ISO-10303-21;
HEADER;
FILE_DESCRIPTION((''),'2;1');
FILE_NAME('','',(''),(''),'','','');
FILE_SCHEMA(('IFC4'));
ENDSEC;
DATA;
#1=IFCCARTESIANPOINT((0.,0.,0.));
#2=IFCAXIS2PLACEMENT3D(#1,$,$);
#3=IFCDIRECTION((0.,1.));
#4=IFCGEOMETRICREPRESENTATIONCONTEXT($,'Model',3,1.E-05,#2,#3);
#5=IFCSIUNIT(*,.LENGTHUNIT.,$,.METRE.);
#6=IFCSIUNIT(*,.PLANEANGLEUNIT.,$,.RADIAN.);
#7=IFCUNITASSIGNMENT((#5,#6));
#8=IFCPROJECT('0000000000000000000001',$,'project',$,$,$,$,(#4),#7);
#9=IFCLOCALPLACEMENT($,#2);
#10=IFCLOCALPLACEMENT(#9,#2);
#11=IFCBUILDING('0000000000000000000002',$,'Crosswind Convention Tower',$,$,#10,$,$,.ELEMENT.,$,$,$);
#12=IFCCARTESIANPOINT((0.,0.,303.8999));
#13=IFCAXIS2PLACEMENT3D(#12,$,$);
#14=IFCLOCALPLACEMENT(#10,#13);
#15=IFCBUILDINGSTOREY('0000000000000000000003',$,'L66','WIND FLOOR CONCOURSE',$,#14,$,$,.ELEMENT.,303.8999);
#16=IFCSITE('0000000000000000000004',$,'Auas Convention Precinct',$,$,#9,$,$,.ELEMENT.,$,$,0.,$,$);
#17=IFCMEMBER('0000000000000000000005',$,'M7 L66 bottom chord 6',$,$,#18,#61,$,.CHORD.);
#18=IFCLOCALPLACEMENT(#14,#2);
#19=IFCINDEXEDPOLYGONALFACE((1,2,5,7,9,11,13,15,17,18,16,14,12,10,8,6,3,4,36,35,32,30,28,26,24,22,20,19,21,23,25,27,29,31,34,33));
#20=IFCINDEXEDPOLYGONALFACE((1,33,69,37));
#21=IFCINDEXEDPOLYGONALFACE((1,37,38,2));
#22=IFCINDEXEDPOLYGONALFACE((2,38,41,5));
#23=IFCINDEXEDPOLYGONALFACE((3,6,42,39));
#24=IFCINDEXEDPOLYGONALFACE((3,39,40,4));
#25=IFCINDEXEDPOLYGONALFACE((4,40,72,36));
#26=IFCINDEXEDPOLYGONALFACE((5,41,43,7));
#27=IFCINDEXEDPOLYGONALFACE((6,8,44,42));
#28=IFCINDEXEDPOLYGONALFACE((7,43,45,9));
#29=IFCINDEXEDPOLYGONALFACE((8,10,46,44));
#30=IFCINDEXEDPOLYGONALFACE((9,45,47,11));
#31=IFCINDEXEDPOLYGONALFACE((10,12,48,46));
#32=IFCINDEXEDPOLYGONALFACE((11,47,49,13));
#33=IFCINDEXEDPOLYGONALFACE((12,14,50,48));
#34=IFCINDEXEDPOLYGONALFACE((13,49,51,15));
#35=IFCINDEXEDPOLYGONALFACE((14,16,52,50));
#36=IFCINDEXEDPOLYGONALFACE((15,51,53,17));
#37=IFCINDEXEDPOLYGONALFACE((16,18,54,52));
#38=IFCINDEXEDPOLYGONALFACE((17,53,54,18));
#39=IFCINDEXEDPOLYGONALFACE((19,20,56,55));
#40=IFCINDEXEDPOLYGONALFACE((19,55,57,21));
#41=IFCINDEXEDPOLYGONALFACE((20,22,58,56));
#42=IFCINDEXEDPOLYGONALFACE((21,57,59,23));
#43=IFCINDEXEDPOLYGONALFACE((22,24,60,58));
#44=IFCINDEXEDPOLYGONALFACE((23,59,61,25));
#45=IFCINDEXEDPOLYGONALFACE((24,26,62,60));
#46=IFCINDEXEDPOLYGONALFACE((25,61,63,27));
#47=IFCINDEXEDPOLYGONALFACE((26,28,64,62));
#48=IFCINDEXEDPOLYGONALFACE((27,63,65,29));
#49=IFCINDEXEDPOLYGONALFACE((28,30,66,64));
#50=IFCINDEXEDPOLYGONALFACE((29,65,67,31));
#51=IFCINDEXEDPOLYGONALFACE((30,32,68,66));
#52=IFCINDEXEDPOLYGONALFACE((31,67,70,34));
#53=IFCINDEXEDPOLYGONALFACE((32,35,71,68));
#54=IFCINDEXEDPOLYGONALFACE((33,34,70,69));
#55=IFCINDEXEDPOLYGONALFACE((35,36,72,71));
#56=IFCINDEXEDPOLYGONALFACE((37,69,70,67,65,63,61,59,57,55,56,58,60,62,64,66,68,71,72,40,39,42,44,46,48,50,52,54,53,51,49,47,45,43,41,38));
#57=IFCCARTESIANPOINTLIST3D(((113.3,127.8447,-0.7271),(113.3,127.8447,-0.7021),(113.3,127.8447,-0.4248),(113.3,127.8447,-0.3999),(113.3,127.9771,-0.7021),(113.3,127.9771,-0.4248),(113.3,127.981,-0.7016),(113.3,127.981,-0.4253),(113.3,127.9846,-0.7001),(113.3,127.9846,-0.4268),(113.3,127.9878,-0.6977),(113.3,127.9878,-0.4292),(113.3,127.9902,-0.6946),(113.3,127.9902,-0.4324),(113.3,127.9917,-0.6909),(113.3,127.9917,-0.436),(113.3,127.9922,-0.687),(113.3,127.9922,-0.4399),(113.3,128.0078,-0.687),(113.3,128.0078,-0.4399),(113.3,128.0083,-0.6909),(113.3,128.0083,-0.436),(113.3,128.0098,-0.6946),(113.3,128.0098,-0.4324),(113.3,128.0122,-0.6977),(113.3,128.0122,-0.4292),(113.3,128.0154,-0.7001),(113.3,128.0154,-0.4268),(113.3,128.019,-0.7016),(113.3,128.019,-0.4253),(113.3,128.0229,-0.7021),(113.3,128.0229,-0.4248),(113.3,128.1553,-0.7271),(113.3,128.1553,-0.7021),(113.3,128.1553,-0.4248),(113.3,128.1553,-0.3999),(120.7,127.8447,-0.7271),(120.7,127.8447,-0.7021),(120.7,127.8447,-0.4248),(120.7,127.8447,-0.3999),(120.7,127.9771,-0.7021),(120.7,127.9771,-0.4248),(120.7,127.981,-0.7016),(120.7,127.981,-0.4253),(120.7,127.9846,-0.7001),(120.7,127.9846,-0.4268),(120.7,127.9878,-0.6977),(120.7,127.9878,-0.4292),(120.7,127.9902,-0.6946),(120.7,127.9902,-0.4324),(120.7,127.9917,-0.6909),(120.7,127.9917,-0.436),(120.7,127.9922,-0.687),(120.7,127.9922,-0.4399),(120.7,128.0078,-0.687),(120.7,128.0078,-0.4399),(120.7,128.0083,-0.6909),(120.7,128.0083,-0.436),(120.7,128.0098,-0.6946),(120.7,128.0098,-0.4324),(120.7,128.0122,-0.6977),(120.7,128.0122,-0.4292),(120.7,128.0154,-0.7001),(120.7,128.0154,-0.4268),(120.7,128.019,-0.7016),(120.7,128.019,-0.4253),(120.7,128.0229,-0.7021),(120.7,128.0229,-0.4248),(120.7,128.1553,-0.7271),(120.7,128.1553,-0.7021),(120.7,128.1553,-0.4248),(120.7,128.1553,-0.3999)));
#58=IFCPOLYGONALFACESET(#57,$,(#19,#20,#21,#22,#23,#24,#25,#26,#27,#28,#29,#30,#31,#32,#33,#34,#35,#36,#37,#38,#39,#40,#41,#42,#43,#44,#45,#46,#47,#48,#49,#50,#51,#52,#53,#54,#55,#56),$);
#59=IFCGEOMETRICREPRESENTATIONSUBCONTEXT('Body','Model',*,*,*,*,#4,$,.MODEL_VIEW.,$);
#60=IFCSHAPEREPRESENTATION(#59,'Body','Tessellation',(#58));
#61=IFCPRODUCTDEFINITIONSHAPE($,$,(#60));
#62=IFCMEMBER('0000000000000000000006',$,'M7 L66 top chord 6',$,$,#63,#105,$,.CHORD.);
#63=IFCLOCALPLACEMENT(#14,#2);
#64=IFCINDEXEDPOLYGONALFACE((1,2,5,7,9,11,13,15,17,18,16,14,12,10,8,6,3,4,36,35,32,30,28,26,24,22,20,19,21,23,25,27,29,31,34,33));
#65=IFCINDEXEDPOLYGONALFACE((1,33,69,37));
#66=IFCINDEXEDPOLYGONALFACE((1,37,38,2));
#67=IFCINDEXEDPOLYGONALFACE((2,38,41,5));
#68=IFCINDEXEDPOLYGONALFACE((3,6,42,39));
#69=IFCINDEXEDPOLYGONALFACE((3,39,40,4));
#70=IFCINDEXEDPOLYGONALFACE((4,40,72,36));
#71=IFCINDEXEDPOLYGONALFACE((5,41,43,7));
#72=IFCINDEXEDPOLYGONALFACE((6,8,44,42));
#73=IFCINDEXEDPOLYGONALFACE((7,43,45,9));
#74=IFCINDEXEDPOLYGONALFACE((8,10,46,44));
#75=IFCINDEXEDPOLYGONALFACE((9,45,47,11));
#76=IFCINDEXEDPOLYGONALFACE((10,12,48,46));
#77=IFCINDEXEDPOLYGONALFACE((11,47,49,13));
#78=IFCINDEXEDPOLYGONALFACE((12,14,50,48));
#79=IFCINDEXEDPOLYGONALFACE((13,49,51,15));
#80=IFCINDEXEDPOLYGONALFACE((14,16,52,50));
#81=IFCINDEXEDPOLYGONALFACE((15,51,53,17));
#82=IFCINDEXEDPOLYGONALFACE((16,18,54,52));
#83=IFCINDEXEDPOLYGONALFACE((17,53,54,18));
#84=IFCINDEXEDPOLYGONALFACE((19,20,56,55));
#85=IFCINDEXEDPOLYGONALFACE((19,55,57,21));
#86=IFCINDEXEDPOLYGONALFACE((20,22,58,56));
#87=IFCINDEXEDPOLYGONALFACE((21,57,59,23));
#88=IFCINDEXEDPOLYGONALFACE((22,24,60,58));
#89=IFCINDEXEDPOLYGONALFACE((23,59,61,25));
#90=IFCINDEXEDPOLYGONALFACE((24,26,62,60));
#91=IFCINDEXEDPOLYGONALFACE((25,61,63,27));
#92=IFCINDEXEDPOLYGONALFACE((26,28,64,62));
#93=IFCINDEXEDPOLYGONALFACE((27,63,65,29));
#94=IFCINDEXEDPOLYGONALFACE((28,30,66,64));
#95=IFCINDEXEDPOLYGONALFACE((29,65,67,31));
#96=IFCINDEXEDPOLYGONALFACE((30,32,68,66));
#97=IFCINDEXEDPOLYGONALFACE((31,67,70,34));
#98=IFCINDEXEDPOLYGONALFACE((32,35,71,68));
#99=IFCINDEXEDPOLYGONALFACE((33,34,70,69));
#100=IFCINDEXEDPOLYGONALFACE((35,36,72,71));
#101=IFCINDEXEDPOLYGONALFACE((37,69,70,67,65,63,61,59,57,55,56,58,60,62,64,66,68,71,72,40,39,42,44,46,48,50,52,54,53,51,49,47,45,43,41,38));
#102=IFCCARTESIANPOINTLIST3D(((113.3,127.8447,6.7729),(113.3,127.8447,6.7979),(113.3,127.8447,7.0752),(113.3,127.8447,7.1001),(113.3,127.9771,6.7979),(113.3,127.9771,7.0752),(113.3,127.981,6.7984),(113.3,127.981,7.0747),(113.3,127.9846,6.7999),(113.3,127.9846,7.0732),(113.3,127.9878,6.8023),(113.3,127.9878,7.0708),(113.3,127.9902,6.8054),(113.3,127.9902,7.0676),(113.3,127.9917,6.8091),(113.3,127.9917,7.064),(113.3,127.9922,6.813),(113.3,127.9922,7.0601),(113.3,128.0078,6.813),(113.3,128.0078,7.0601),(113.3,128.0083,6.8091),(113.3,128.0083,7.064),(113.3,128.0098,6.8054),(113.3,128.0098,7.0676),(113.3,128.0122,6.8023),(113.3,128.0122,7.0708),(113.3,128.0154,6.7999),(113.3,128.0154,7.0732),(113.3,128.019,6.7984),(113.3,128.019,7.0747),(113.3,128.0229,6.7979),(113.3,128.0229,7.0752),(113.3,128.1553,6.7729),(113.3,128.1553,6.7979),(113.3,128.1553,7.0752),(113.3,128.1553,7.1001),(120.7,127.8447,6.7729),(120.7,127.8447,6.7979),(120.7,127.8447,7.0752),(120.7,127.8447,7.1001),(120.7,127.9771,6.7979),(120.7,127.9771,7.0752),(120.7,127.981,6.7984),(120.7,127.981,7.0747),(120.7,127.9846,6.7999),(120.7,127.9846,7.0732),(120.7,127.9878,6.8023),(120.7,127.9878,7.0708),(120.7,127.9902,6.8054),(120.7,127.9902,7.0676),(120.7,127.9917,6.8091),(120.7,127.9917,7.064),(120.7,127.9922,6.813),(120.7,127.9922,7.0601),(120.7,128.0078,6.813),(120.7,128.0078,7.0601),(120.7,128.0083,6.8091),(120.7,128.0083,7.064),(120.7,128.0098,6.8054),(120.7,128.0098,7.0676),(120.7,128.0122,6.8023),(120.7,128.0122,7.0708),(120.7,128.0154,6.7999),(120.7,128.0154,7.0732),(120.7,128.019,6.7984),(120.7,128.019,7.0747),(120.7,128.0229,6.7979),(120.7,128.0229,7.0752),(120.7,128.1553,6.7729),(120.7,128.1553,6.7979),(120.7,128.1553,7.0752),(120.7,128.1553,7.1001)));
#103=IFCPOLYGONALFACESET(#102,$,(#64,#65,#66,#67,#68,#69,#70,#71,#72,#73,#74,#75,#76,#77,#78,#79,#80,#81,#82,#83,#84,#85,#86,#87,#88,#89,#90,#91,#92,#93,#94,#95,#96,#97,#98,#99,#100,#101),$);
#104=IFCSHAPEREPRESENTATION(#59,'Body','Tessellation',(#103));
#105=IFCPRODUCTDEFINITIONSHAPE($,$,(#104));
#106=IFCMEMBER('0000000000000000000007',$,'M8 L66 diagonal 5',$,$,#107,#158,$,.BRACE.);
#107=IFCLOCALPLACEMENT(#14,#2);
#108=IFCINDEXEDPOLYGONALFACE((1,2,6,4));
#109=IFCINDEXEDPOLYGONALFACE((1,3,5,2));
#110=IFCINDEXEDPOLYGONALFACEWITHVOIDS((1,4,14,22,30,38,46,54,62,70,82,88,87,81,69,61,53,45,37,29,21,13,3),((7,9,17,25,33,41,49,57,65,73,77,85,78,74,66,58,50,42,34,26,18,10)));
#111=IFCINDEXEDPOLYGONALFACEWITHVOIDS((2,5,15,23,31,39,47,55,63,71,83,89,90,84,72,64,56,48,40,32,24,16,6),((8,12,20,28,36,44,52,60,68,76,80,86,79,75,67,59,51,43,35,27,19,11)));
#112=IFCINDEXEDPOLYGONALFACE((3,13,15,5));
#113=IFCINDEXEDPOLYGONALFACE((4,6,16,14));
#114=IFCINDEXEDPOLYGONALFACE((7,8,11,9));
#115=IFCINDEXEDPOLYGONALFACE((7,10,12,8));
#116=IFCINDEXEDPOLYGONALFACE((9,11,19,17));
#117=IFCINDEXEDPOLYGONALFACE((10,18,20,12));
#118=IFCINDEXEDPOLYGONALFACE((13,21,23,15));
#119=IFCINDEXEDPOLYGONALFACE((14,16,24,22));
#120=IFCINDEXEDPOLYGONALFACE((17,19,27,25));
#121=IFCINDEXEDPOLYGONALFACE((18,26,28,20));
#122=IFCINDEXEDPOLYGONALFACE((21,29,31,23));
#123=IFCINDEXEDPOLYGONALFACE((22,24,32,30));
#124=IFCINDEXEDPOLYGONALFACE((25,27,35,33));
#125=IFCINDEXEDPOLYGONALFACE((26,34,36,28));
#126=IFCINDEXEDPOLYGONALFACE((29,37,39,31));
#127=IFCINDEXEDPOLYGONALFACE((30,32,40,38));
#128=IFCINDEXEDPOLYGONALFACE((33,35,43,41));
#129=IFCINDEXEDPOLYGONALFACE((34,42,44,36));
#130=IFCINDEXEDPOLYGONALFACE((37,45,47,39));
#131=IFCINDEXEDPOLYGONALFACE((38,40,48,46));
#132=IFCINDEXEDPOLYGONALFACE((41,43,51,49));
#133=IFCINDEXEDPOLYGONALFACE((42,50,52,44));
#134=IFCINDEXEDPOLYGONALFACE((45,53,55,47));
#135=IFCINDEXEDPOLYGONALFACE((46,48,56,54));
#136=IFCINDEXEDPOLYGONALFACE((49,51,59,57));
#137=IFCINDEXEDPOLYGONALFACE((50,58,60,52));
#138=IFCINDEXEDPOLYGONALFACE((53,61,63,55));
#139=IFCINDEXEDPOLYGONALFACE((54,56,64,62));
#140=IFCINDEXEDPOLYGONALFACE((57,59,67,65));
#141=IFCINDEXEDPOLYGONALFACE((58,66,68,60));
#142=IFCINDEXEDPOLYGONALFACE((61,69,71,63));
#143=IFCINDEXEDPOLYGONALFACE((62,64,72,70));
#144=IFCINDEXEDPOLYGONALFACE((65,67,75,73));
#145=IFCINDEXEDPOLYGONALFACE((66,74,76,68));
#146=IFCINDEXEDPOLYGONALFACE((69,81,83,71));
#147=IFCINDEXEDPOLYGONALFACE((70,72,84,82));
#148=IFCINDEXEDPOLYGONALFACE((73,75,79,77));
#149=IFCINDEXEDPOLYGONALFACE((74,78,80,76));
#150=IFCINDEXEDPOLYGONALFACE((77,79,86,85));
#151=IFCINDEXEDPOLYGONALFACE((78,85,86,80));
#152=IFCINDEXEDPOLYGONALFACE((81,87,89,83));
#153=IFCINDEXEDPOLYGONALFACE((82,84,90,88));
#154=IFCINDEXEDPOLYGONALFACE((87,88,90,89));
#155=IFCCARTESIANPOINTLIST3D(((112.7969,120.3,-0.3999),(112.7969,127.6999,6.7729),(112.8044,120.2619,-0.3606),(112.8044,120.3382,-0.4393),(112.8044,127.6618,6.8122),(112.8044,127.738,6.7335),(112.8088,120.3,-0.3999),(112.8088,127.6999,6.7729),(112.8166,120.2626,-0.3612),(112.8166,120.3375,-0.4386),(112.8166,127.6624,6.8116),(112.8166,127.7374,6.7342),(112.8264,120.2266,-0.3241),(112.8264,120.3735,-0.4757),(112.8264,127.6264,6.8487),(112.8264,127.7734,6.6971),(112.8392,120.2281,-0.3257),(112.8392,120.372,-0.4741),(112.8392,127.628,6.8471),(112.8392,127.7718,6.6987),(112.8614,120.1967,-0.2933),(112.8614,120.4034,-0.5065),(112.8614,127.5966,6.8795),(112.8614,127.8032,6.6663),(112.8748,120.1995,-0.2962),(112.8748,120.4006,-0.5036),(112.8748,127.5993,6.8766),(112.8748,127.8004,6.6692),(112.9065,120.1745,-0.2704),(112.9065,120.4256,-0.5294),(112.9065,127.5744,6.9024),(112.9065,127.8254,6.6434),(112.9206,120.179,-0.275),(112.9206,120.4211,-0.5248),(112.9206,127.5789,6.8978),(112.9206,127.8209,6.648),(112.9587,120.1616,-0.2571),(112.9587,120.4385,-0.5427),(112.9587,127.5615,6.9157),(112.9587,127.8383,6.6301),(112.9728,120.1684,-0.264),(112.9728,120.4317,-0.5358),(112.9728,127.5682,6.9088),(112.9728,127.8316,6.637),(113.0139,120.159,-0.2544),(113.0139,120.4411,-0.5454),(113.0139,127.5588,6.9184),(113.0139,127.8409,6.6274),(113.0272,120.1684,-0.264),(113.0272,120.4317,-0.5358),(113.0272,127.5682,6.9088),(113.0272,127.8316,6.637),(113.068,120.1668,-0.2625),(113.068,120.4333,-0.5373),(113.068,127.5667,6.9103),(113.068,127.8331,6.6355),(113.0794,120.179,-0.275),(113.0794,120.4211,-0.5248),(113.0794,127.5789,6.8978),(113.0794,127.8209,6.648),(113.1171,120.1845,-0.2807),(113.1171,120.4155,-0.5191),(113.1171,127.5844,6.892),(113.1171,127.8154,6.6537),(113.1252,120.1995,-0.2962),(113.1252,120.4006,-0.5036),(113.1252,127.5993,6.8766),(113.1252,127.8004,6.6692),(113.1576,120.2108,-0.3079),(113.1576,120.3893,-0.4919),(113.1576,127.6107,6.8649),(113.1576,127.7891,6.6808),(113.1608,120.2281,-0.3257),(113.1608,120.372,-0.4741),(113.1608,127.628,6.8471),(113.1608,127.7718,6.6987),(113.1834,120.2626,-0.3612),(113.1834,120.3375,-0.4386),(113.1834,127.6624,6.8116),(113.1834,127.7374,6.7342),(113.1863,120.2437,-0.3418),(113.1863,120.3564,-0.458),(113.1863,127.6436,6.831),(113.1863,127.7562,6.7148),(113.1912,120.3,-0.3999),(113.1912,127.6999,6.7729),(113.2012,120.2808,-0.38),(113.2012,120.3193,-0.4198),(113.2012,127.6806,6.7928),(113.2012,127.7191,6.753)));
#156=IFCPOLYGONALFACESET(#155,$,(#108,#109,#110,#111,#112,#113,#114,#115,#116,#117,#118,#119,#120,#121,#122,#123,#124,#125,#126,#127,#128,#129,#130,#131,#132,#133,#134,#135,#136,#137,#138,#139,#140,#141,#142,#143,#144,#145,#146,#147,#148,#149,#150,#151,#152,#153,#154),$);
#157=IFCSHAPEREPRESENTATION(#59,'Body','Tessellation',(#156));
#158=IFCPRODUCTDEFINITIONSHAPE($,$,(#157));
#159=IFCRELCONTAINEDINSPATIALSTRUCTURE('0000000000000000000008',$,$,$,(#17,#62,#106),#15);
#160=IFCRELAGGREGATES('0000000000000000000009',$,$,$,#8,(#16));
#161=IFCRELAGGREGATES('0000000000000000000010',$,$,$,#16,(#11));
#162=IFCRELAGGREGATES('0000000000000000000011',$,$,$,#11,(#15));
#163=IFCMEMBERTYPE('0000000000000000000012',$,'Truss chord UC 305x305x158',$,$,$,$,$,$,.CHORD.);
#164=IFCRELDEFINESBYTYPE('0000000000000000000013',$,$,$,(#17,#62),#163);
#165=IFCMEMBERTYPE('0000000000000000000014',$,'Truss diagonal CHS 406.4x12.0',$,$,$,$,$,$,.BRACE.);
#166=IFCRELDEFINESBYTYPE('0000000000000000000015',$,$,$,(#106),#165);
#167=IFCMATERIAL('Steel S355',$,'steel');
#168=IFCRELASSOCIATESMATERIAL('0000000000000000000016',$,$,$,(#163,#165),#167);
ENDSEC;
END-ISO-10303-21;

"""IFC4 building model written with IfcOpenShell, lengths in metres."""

from ifc_helpers import new_model, si_unit, direction, frame, origin, origin_2d, place, context, subcontext, project, spatial, hollow_circle, i_section, extrude, material, material_profile, profile_set, type_object, element, save


model = new_model("IFC4")

# Units and contexts
model_context = context("Model", 3, precision=1e-05, world=origin(), true_north=direction((0.0, 1.0)))
body_context = subcontext(model_context, "Body", "Model", "MODEL_VIEW")
ifc_project = project(units=[si_unit("LENGTHUNIT", "METRE"), si_unit("PLANEANGLEUNIT", "RADIAN")], contexts=[model_context])

# Site, building, storey
site_placement = place(None, origin())
site = spatial("IfcSite", under=ifc_project, at=site_placement, Name="Auas Convention Precinct", CompositionType="ELEMENT", RefElevation=0.0)
building_placement = place(site_placement, origin())
building = spatial("IfcBuilding", under=site, at=building_placement, Name="Crosswind Convention Tower", CompositionType="ELEMENT")
storey_placement = place(building_placement, frame((0.0, 0.0, 303.8999)))
storey = spatial("IfcBuildingStorey", under=building, at=storey_placement, Name="L66", Description="WIND FLOOR CONCOURSE", CompositionType="ELEMENT", Elevation=303.8999)

# Shared definitions
ifc_material_1 = material(Name="Steel S355", Category="steel")

# Members
ifc_material_profile_1 = material_profile(ifc_material_1, i_section(OverallWidth=0.3105, OverallDepth=0.3271, WebThickness=0.0156, FlangeThickness=0.0249, FilletRadius=0.0151, at=origin_2d()), Name="UC 305x305x158")
ifc_profile_set_1 = profile_set([ifc_material_profile_1], Name="Steel S355")
member_type_1 = type_object("IfcMemberType", Name="Truss chord UC 305x305x158", PredefinedType="CHORD", material=ifc_profile_set_1)
for number, where, z_axis, x_axis, name in (
    (1, (113.3, 128.0, -0.5635), (1.0, 0.0, 0.0), (0.0, 1.0, 0.0), "M7 L66 bottom chord 6"),
    (2, (113.3, 128.0, 6.9365), (1.0, 0.0, 0.0), (0.0, 1.0, 0.0), "M7 L66 top chord 6"),
):
    element("IfcMember", number, at=place(storey_placement, frame(where, z_axis=z_axis, x_axis=x_axis)), inside=storey, type_object=member_type_1, Name=name, PredefinedType="CHORD", context=body_context, shape_type="SweptSolid", body=[
        extrude(i_section(OverallWidth=0.3105, OverallDepth=0.3271, WebThickness=0.0156, FlangeThickness=0.0249, FilletRadius=0.0151, at=origin_2d()), origin(), (0.0, 0.0, 1.0), 7.3999),
    ])
ifc_material_profile_2 = material_profile(ifc_material_1, hollow_circle(Radius=0.2031, WallThickness=0.012, at=origin_2d()), Name="CHS 406.4x12.0")
ifc_profile_set_2 = profile_set([ifc_material_profile_2], Name="Steel S355")
member_type_2 = type_object("IfcMemberType", Name="Truss diagonal CHS 406.4x12.0", PredefinedType="BRACE", material=ifc_profile_set_2)
for number, where, z_axis, x_axis, name in (
    (3, (113.0, 120.3, -0.3999), (0.0, 0.718037, 0.696005), (-1.0, 0.0, 0.0), "M8 L66 diagonal 5"),
):
    element("IfcMember", number, at=place(storey_placement, frame(where, z_axis=z_axis, x_axis=x_axis)), inside=storey, type_object=member_type_2, Name=name, PredefinedType="BRACE", context=body_context, shape_type="SweptSolid", body=[
        extrude(hollow_circle(Radius=0.2031, WallThickness=0.012, at=origin_2d()), origin(), (0.0, 0.0, 1.0), 10.3057),
    ])

save(model, "model.ifc")
